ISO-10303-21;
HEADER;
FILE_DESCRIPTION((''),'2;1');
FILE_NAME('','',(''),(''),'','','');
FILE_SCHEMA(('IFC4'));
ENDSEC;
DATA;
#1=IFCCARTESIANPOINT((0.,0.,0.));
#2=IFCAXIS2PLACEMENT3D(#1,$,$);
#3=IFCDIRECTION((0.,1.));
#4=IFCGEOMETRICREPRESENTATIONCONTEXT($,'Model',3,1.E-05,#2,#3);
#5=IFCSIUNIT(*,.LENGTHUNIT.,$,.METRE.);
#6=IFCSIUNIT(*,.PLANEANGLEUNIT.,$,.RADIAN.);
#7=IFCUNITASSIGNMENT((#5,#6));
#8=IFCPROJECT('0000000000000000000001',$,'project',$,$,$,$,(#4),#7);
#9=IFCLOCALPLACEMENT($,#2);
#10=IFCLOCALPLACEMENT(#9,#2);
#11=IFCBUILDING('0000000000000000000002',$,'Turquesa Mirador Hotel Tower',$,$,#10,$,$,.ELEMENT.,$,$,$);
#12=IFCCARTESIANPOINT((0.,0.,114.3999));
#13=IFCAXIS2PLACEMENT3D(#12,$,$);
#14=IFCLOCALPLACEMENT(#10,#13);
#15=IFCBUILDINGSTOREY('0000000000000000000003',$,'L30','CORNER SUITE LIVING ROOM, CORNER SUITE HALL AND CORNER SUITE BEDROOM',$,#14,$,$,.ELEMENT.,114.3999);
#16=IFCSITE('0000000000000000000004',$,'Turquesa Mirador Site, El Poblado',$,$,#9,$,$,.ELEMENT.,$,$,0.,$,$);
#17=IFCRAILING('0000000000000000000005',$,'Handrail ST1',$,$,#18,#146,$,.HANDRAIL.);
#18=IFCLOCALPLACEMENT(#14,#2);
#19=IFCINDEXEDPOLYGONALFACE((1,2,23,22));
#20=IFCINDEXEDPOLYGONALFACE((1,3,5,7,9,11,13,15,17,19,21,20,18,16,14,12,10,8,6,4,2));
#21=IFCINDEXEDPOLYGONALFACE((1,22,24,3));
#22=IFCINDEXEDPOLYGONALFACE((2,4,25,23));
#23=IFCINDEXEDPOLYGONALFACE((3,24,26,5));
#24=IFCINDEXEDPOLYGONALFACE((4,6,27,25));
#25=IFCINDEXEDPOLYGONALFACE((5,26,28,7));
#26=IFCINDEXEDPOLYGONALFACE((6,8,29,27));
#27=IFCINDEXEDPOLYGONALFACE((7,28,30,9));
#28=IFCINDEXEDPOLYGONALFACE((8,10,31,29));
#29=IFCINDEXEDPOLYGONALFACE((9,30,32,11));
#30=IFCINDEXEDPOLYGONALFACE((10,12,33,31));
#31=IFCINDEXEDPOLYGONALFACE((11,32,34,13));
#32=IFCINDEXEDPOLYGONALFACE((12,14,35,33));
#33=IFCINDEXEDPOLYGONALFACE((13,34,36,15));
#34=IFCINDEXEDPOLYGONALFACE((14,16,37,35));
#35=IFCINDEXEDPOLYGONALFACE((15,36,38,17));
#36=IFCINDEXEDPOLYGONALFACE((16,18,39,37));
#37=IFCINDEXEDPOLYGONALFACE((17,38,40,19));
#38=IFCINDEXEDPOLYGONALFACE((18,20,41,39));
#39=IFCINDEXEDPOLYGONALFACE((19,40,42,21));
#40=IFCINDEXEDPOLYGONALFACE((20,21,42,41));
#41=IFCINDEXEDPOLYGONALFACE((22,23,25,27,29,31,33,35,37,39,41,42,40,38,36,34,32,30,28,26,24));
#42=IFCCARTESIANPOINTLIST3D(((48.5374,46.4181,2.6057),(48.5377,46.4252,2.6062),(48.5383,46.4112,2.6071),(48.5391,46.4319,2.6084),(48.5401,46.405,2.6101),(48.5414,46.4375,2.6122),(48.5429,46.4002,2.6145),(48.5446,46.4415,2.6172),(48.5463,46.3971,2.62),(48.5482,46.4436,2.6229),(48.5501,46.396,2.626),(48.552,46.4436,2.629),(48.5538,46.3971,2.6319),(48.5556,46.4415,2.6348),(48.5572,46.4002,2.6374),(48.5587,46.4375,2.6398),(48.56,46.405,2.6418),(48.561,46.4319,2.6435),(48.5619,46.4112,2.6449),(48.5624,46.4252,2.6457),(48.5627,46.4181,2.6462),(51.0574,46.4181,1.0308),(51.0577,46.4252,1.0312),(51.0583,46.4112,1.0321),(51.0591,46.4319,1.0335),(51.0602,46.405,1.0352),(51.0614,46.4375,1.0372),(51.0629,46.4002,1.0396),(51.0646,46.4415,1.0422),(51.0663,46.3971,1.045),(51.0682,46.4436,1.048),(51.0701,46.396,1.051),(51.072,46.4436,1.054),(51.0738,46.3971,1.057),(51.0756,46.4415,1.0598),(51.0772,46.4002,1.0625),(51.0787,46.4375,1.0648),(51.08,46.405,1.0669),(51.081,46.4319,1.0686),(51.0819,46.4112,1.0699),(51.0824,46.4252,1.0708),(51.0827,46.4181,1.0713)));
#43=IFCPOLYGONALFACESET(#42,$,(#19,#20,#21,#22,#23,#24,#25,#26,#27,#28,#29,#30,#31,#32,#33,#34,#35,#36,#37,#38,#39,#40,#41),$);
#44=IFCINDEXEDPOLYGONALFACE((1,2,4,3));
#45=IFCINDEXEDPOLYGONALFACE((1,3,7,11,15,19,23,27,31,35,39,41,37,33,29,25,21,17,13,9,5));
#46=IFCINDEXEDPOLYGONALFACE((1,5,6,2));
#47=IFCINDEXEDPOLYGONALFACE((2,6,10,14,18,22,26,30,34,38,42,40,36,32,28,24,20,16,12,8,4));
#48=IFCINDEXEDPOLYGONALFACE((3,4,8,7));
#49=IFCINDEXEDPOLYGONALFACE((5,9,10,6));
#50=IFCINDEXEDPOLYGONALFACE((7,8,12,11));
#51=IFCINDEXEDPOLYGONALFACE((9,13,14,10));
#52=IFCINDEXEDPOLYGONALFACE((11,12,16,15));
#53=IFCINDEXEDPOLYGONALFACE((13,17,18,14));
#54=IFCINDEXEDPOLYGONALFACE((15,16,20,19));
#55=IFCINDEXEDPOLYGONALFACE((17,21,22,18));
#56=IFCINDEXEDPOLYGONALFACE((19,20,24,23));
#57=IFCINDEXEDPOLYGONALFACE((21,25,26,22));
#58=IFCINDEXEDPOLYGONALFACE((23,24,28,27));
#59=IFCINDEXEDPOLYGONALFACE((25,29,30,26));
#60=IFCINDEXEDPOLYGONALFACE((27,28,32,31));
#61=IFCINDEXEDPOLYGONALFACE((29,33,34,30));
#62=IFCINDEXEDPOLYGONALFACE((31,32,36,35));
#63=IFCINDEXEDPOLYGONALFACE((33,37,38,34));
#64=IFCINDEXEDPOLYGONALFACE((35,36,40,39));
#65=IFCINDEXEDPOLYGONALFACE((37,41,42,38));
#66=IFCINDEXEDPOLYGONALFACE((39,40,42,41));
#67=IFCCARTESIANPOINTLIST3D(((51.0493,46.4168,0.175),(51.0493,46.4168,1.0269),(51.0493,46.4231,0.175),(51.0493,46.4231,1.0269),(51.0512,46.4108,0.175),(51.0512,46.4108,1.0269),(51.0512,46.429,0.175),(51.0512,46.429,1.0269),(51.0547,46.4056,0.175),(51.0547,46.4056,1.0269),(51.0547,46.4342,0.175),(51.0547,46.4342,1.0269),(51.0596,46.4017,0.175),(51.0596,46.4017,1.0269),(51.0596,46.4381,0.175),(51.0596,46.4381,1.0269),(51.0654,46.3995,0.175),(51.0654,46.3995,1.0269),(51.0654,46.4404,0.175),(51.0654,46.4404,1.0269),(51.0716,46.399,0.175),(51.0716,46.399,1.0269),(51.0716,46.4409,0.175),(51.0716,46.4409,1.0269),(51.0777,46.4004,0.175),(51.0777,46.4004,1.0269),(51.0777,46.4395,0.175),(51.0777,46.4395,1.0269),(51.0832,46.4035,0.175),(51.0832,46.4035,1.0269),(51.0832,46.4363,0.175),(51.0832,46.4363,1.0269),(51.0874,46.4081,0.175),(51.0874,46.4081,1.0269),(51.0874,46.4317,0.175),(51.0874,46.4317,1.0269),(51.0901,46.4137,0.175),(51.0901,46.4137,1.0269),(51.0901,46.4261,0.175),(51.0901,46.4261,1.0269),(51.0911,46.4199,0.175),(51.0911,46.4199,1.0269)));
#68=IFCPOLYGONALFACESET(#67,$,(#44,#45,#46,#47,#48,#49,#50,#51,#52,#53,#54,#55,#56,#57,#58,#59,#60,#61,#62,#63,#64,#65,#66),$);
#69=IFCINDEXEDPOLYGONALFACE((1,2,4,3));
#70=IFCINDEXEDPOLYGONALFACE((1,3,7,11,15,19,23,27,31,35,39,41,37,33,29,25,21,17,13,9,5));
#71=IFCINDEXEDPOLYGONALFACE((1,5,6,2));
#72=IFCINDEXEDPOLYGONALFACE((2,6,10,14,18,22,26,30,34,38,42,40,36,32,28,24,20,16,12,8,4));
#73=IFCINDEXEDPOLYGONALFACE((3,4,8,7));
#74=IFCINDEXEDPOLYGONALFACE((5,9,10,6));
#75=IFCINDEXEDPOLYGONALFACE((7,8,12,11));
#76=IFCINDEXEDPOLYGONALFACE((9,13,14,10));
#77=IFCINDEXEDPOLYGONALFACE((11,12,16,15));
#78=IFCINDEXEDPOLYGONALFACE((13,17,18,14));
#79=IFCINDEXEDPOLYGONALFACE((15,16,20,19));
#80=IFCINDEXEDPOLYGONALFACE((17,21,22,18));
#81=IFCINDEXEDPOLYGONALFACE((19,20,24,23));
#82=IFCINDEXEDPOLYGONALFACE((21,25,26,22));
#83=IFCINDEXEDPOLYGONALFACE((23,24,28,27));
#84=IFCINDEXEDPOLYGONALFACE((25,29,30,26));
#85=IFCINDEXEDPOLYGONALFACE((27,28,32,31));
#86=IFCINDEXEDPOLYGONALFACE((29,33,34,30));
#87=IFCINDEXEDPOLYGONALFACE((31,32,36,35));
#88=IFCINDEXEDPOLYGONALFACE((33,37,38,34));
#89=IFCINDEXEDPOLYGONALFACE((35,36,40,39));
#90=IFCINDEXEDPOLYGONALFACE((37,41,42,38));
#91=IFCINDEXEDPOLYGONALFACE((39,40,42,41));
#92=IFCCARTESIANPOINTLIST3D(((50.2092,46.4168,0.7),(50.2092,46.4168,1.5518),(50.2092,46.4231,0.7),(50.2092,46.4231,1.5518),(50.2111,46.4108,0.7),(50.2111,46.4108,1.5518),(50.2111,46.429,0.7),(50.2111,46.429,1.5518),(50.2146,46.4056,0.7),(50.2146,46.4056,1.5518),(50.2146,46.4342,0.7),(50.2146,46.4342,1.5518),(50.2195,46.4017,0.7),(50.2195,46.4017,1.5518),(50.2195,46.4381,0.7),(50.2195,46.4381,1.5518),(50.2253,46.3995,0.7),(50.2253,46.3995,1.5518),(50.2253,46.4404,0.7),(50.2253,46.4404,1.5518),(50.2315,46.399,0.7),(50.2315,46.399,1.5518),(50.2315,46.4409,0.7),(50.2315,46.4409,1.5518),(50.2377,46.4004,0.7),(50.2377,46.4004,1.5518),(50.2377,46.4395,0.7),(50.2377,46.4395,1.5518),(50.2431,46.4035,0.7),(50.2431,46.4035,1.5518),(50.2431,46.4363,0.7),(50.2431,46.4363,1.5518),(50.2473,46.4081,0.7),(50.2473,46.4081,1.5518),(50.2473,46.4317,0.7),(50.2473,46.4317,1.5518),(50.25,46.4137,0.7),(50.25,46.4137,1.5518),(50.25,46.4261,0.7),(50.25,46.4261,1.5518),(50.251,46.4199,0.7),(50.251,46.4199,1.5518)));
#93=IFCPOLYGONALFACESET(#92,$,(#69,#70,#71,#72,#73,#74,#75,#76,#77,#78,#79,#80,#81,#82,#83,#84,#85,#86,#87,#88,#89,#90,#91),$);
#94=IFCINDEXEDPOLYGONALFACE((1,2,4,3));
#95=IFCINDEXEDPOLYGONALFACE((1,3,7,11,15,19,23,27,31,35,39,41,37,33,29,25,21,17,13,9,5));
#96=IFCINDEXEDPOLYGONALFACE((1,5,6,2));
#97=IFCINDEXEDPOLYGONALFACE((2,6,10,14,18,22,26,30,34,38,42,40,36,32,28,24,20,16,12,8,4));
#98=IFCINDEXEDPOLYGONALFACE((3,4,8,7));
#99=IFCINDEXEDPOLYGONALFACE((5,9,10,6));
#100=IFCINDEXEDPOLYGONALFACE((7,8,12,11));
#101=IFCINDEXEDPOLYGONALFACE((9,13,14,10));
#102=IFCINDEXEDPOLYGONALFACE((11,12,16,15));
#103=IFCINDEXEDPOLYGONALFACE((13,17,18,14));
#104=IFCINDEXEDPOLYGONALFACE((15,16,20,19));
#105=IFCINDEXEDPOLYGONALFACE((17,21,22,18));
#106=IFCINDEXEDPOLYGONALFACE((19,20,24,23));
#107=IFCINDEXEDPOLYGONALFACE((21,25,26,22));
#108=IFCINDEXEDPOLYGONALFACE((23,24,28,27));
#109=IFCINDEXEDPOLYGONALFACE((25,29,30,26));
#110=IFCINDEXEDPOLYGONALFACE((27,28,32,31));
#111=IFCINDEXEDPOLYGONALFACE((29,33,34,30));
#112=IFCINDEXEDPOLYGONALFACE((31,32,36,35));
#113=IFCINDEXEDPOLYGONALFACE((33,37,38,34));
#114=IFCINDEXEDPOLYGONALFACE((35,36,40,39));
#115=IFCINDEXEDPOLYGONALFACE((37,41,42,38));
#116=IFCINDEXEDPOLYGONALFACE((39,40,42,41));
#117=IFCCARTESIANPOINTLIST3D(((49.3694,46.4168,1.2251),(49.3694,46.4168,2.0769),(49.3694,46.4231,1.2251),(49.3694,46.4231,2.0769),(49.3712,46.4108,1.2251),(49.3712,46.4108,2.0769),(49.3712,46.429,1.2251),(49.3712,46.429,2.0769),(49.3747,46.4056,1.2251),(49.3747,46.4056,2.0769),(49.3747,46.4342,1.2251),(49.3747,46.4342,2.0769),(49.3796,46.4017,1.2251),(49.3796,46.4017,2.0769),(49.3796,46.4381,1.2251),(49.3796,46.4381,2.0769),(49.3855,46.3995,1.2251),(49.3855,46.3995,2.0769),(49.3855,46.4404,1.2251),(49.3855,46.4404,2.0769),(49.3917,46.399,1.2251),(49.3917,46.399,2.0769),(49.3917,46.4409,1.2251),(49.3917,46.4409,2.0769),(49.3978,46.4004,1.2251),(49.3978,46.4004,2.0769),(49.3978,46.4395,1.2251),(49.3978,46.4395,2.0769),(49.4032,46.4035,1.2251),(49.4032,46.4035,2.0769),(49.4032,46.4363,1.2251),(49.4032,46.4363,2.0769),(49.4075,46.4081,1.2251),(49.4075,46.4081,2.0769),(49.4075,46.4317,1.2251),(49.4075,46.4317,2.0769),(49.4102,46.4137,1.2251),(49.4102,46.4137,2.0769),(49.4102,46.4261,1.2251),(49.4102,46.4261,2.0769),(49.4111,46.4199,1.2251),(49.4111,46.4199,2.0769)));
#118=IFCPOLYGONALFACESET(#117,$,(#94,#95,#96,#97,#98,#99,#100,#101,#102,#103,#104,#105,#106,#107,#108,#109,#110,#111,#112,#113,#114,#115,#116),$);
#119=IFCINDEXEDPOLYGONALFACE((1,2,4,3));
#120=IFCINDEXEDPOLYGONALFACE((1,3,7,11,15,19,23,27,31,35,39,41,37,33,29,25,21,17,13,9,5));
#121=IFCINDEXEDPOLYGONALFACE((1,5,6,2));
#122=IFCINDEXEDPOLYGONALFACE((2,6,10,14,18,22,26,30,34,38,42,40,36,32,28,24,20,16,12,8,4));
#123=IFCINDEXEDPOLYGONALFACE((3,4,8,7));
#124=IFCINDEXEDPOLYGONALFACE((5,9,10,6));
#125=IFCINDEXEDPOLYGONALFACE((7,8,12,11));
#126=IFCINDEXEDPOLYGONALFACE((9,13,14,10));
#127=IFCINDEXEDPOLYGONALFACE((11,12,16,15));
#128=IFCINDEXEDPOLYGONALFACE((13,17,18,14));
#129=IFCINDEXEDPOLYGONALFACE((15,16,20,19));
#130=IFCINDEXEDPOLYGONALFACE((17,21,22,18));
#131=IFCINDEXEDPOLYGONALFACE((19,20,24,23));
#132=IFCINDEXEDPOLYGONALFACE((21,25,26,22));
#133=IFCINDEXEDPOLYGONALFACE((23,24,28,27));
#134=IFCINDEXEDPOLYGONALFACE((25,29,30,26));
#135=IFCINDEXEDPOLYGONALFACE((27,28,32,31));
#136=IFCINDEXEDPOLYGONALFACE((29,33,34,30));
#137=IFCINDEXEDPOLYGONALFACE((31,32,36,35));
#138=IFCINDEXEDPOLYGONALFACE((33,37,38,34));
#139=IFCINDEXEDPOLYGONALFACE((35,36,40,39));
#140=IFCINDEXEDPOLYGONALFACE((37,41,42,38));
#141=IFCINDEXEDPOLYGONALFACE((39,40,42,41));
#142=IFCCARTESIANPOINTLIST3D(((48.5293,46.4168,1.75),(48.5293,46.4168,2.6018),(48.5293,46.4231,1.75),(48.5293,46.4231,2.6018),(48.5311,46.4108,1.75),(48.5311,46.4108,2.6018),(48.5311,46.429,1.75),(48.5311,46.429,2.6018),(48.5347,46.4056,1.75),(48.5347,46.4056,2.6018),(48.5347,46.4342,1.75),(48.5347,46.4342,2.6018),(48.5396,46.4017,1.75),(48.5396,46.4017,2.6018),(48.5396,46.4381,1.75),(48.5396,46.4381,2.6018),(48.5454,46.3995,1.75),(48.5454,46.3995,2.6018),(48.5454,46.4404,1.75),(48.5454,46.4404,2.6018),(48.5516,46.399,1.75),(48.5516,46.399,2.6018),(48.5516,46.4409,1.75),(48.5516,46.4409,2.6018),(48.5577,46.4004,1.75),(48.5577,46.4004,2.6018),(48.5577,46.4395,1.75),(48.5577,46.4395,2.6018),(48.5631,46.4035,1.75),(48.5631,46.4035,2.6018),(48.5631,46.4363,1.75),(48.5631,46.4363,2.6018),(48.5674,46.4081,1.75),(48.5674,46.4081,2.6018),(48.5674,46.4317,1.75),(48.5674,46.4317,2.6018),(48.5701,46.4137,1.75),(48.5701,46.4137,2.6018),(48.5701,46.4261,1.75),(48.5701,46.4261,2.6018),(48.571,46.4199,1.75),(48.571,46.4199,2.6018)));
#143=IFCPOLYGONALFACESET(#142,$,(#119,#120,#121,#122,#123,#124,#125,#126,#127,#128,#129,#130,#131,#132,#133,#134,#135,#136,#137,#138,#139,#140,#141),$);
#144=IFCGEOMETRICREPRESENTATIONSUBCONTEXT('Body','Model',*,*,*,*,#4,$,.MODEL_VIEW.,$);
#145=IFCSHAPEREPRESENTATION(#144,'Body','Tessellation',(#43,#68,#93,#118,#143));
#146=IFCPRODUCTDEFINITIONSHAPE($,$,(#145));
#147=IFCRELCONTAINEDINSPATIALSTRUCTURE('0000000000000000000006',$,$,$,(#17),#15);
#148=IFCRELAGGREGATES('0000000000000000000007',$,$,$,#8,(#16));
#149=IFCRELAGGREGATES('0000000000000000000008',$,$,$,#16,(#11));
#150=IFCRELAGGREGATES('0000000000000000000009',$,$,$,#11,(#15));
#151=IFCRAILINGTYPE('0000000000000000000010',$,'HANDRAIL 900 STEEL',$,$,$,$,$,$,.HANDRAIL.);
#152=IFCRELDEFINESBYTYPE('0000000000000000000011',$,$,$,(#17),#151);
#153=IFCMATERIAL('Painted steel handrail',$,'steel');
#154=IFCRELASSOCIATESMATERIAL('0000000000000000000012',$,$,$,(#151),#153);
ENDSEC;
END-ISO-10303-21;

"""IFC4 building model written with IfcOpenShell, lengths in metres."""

from ifc_helpers import new_model, si_unit, direction, frame, origin, origin_2d, place, context, subcontext, project, spatial, circle, extrude, material, type_object, element, save


model = new_model("IFC4")

# Units and contexts
model_context = context("Model", 3, precision=1e-05, world=origin(), true_north=direction((0.0, 1.0)))
body_context = subcontext(model_context, "Body", "Model", "MODEL_VIEW")
ifc_project = project(units=[si_unit("LENGTHUNIT", "METRE"), si_unit("PLANEANGLEUNIT", "RADIAN")], contexts=[model_context])

# Site, building, storey
site_placement = place(None, origin())
site = spatial("IfcSite", under=ifc_project, at=site_placement, Name="Turquesa Mirador Site, El Poblado", CompositionType="ELEMENT", RefElevation=0.0)
building_placement = place(site_placement, origin())
building = spatial("IfcBuilding", under=site, at=building_placement, Name="Turquesa Mirador Hotel Tower", CompositionType="ELEMENT")
storey_placement = place(building_placement, frame((0.0, 0.0, 114.3999)))
storey = spatial("IfcBuildingStorey", under=building, at=storey_placement, Name="L30", Description="CORNER SUITE LIVING ROOM, CORNER SUITE HALL AND CORNER SUITE BEDROOM", CompositionType="ELEMENT", Elevation=114.3999)

# Railing
ifc_material_1 = material(Name="Painted steel handrail", Category="steel")
railing_type = type_object("IfcRailingType", Name="HANDRAIL 900 STEEL", PredefinedType="HANDRAIL", material=ifc_material_1)
for number, where, name in (
    (1, (51.0701, 46.4199, 0.175), "Handrail ST1"),
):
    element("IfcRailing", number, at=place(storey_placement, frame(where)), inside=storey, type_object=railing_type, Name=name, PredefinedType="HANDRAIL", context=body_context, shape_type="SweptSolid", body=[
        extrude(circle(Radius=0.0239, at=origin_2d()), frame((0.0, 0.0, 0.876), z_axis=(-0.848008, 0.0, 0.529984), x_axis=(0.0, -1.0, 0.0)), (0.0, 0.0, 1.0), 2.9717),
        extrude(circle(Radius=0.021, at=origin_2d()), origin(), (0.0, 0.0, 1.0), 0.8518),
        extrude(circle(Radius=0.021, at=origin_2d()), frame((-0.8401, 0.0, 0.5249)), (0.0, 0.0, 1.0), 0.8518),
        extrude(circle(Radius=0.021, at=origin_2d()), frame((-1.6799, 0.0, 1.05)), (0.0, 0.0, 1.0), 0.8518),
        extrude(circle(Radius=0.021, at=origin_2d()), frame((-2.52, 0.0, 1.575)), (0.0, 0.0, 1.0), 0.8518),
    ])

save(model, "model.ifc")
